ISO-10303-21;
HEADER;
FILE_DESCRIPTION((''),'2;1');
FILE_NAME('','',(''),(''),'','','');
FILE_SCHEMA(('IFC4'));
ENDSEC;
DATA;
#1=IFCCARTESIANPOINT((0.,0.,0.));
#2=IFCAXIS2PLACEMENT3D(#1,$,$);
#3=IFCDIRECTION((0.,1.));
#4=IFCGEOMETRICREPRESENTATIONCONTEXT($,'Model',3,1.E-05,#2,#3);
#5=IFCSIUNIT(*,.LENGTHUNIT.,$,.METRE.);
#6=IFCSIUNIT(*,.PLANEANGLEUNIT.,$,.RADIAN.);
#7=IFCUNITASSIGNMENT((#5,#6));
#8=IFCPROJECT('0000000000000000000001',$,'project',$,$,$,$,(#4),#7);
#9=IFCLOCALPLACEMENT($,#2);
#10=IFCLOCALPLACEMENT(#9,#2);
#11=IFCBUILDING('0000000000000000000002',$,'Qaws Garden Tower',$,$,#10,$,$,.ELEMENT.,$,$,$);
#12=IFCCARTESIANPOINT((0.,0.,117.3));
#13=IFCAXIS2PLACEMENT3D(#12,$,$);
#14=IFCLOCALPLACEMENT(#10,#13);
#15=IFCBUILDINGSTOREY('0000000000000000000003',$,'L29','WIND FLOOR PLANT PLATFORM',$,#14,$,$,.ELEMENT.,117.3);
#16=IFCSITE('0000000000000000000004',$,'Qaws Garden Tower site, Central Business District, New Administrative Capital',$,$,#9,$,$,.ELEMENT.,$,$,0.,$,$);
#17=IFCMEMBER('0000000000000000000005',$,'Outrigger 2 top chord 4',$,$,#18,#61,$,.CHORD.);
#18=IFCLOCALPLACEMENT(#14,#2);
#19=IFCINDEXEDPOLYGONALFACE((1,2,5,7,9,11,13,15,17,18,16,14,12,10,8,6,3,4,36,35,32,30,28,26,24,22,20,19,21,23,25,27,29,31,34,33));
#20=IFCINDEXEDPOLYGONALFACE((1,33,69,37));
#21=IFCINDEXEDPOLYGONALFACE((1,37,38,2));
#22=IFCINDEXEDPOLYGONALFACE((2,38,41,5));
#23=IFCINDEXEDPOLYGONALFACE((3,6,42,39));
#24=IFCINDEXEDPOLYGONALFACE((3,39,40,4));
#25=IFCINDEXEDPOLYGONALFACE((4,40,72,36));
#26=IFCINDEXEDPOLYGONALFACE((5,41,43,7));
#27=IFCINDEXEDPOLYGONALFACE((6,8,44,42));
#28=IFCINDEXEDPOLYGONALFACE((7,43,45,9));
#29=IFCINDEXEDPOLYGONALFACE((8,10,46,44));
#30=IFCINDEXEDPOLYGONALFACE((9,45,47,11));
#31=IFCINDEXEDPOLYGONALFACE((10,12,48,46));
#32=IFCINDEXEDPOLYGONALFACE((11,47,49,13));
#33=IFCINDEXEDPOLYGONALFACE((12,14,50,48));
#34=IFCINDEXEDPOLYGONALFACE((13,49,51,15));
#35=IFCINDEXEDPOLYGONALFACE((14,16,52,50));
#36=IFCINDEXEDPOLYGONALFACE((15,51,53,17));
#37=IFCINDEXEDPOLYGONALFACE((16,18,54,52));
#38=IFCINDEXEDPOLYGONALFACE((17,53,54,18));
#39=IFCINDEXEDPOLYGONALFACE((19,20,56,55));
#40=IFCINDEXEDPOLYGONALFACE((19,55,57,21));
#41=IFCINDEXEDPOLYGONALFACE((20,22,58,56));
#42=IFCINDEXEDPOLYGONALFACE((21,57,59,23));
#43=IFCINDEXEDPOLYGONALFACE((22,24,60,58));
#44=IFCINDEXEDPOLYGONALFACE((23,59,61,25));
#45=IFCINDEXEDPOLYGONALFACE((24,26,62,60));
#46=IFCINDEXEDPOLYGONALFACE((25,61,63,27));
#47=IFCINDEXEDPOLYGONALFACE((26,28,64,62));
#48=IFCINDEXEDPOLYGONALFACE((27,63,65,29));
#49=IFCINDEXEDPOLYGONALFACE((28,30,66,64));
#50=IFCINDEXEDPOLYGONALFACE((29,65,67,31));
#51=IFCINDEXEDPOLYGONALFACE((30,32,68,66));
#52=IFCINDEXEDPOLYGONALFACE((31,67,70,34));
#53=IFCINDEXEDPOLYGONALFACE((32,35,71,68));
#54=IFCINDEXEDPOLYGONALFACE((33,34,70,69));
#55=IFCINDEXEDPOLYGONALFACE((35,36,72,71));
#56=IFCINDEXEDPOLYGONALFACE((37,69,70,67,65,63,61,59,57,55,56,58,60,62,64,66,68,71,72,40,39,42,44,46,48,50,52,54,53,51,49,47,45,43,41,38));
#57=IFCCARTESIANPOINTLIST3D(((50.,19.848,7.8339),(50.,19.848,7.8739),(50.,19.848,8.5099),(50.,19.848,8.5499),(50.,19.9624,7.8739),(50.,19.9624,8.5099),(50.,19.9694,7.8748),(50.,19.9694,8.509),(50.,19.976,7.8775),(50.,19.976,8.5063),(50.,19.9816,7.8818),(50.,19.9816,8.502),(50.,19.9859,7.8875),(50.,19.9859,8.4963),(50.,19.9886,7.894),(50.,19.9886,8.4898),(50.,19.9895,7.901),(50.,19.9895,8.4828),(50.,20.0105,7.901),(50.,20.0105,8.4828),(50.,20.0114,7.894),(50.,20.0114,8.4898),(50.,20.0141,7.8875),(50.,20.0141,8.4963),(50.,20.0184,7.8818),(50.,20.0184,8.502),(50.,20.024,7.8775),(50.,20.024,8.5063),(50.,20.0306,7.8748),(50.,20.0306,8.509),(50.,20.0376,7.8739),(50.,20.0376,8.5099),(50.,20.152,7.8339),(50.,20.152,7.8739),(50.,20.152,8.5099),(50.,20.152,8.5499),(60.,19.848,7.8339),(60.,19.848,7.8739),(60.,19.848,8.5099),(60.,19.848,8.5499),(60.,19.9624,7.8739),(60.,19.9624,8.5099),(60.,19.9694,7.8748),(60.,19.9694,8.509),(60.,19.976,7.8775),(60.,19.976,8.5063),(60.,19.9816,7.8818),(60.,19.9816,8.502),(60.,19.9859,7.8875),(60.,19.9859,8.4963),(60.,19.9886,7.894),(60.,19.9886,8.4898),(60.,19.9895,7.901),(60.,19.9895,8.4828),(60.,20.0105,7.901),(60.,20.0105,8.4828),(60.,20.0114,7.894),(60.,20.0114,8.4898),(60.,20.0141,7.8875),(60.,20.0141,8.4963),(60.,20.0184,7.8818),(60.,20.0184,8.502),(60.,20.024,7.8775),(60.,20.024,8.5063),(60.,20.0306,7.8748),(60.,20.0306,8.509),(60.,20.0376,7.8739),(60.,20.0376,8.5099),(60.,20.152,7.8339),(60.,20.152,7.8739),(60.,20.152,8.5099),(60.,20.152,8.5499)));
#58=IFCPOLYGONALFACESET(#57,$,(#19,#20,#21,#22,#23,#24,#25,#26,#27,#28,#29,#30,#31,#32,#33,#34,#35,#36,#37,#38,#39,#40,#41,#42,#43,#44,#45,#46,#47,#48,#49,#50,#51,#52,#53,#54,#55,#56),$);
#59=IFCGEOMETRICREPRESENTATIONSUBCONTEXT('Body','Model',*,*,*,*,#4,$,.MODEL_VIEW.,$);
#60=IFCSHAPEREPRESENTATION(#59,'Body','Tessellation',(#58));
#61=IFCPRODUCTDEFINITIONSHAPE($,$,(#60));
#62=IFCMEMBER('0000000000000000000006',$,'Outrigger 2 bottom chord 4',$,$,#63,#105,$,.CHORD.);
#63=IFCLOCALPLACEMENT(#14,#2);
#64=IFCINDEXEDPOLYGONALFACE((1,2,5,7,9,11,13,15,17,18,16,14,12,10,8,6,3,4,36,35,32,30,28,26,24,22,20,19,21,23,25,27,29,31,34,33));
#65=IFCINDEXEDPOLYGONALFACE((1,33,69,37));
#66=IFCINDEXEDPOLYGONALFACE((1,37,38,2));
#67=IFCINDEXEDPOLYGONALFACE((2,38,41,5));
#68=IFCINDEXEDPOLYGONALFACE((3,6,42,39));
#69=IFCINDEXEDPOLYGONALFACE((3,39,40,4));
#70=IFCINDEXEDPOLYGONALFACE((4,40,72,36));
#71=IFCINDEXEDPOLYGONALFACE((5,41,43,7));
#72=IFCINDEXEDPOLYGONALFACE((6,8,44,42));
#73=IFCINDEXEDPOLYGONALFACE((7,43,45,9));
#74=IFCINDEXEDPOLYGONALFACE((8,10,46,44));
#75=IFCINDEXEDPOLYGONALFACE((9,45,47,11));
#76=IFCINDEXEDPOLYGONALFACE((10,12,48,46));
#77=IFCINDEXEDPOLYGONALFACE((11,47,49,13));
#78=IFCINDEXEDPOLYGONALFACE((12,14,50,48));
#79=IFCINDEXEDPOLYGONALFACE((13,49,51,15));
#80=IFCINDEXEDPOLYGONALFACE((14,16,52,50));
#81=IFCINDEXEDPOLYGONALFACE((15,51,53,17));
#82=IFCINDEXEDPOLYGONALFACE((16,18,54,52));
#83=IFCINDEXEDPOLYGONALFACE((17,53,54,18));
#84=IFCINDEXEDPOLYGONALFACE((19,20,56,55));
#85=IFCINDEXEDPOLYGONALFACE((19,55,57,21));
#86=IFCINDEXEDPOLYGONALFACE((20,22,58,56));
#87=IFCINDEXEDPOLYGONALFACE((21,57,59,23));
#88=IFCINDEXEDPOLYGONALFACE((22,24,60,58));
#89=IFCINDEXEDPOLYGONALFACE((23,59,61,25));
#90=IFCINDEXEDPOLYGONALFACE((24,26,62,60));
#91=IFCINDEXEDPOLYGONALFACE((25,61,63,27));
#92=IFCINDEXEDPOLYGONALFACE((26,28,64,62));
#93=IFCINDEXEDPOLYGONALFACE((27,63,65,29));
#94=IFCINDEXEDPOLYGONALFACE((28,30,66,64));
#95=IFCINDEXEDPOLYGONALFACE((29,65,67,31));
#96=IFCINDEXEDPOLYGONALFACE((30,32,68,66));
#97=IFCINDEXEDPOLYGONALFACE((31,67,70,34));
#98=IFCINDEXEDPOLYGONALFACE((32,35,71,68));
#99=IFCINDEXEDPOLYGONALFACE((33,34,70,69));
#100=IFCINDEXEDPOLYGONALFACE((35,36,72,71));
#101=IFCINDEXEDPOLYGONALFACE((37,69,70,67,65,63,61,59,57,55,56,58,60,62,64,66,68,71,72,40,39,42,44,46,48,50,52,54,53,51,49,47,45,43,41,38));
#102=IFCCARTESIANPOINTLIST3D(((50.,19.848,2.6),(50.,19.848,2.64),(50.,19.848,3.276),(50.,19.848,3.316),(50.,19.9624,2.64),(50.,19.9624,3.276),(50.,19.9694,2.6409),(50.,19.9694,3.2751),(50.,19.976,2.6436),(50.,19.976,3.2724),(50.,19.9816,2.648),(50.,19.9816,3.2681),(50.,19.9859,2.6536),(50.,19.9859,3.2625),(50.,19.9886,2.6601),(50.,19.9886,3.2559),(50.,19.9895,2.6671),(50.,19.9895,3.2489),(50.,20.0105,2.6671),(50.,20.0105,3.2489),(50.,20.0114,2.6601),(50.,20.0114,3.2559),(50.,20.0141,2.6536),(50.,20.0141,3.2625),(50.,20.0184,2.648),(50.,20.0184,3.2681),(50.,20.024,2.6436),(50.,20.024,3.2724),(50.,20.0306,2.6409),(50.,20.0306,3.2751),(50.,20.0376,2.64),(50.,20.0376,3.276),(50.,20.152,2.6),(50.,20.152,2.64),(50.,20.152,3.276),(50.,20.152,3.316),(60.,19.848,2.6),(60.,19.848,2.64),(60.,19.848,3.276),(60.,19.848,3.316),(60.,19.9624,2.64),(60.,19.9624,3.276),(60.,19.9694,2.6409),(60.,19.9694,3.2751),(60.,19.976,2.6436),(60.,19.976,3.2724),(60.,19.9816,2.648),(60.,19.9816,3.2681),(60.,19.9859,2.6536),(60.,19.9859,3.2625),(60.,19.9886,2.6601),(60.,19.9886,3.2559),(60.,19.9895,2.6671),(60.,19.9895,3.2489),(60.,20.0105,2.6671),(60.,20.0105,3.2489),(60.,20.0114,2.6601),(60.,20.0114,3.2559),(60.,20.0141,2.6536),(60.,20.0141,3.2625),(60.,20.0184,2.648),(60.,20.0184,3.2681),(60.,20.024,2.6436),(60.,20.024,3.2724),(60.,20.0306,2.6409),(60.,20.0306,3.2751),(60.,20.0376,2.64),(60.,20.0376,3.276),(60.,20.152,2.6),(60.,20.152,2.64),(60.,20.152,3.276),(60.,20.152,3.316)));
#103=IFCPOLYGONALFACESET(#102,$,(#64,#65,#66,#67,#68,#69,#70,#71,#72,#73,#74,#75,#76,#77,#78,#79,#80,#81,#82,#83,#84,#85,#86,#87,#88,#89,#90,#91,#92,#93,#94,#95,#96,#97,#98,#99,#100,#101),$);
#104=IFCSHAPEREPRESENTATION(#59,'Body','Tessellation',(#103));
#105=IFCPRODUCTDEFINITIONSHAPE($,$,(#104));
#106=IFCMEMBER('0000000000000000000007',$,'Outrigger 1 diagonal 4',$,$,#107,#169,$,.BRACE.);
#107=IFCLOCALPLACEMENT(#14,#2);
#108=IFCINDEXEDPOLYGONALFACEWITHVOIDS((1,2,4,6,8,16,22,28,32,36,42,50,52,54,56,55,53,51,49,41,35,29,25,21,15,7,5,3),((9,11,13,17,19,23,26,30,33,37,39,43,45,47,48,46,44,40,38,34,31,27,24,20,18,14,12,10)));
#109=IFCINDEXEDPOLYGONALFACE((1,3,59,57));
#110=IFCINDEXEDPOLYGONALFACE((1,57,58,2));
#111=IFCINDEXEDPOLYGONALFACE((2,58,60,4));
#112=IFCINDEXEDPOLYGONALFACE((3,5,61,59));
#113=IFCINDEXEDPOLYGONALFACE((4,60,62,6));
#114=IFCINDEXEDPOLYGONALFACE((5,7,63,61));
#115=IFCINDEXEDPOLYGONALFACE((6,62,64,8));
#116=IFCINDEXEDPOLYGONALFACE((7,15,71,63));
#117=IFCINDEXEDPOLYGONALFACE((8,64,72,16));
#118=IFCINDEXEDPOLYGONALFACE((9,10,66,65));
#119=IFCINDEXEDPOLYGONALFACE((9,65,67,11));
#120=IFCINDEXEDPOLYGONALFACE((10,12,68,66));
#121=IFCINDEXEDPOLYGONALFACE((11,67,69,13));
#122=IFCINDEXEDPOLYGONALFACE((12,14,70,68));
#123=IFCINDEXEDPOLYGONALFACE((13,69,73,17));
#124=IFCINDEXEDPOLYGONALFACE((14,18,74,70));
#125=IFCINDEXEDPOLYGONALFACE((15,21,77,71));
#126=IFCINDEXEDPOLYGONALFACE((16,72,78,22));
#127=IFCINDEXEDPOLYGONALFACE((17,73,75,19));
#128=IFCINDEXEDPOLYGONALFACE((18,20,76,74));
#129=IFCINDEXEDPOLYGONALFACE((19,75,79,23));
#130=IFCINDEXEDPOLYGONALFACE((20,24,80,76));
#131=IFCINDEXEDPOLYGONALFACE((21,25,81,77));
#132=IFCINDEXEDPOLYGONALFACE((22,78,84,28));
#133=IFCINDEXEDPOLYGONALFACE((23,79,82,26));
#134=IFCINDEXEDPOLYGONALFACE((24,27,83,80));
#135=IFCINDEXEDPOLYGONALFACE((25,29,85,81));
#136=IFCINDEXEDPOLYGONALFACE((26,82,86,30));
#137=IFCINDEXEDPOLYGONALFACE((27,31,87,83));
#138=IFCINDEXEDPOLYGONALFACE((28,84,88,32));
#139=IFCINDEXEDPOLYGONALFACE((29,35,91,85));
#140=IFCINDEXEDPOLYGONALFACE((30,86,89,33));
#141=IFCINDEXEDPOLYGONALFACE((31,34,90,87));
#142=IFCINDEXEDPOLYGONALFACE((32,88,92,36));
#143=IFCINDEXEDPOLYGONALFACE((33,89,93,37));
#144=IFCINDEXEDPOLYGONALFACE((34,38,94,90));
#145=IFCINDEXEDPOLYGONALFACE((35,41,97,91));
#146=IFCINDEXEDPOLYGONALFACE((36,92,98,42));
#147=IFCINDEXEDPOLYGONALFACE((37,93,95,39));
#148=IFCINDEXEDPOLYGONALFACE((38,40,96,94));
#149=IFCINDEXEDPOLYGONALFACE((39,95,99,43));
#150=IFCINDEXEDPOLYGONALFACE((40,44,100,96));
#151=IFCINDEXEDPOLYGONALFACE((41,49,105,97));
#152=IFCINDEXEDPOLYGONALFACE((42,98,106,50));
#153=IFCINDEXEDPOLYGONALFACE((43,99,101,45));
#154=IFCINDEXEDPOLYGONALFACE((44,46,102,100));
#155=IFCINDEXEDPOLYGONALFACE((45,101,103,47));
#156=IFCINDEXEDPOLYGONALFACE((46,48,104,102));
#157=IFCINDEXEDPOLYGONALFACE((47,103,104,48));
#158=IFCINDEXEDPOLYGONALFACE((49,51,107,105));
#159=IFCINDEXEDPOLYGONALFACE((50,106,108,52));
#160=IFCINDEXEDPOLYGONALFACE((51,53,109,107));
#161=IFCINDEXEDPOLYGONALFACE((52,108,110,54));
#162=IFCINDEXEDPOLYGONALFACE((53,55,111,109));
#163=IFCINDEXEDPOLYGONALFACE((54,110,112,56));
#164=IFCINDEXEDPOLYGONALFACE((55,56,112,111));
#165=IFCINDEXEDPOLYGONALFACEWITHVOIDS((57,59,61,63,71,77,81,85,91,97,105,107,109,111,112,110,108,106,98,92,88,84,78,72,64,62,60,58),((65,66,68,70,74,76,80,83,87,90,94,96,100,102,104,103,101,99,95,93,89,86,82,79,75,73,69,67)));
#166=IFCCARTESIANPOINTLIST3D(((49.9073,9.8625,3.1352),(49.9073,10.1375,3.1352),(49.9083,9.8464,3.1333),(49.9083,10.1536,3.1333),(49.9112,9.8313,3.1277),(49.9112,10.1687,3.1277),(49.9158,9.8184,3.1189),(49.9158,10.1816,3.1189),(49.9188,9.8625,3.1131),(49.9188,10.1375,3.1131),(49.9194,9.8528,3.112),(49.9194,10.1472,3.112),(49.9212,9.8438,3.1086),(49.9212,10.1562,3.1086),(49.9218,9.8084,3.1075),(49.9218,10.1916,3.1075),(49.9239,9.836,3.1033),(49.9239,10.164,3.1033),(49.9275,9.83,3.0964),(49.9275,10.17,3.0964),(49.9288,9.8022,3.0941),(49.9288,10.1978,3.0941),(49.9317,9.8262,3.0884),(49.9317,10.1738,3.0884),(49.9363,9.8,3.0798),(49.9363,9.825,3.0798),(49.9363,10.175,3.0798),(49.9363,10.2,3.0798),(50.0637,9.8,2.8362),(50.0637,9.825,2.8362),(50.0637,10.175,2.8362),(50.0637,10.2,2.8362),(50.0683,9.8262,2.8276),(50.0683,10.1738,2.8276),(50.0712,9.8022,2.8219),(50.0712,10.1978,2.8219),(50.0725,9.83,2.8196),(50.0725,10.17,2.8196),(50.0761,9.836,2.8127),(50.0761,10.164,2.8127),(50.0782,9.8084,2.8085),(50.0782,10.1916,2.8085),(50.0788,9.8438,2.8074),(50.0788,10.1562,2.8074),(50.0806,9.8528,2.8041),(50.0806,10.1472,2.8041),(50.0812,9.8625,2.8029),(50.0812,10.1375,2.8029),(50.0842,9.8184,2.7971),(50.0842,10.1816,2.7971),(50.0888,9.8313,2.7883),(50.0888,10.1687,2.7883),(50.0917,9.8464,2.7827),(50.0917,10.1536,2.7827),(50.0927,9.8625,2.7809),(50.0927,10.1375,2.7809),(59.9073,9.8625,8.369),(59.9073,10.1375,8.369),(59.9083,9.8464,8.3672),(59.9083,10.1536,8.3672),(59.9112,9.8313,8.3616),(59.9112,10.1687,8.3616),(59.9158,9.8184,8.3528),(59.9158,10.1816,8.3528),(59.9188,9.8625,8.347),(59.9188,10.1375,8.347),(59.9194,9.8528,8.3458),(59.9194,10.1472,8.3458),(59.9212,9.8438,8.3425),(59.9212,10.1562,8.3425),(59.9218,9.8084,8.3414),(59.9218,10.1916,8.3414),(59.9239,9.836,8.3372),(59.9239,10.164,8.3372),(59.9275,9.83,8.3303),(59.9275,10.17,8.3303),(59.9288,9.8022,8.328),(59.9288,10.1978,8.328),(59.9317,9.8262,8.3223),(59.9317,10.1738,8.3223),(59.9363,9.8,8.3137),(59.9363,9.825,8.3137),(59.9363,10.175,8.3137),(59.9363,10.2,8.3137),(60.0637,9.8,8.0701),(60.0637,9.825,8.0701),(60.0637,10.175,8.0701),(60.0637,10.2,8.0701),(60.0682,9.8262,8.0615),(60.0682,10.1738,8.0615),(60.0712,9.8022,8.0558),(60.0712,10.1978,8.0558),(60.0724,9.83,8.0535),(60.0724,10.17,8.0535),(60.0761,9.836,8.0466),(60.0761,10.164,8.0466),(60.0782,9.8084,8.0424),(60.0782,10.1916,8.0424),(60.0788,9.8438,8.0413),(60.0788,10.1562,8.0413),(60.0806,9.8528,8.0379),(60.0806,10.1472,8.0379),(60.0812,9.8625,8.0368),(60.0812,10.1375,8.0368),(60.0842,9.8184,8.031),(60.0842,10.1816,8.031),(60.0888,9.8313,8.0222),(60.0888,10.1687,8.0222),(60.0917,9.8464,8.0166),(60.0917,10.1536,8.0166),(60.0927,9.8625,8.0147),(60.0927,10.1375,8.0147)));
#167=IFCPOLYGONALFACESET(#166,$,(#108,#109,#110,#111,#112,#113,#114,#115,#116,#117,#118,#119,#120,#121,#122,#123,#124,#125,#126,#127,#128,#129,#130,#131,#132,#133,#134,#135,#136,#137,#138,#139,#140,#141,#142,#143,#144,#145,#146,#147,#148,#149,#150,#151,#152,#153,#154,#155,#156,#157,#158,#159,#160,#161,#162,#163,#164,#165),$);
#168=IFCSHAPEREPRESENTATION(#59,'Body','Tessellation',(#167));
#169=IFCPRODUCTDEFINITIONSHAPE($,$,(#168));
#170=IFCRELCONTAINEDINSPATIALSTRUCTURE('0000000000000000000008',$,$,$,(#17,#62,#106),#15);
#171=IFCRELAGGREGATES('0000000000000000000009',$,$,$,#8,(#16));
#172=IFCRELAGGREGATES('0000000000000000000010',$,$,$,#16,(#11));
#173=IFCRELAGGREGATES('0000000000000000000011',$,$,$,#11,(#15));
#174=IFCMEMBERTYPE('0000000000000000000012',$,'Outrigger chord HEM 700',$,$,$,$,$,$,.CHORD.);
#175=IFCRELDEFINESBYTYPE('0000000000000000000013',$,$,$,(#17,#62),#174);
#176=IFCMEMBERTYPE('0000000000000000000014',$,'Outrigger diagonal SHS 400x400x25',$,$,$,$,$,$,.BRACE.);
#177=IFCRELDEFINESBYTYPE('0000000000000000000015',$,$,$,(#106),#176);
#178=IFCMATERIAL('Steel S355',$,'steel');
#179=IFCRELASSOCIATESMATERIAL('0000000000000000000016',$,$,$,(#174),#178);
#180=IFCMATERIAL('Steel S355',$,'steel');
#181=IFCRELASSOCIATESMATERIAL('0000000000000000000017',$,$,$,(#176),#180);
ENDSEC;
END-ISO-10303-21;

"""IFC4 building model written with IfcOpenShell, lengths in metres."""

from ifc_helpers import new_model, si_unit, direction, frame, origin, origin_2d, place, context, subcontext, project, spatial, hollow_rectangle, i_section, extrude, material, material_profile, profile_set, type_object, element, save


model = new_model("IFC4")

# Units and contexts
model_context = context("Model", 3, precision=1e-05, world=origin(), true_north=direction((0.0, 1.0)))
body_context = subcontext(model_context, "Body", "Model", "MODEL_VIEW")
ifc_project = project(units=[si_unit("LENGTHUNIT", "METRE"), si_unit("PLANEANGLEUNIT", "RADIAN")], contexts=[model_context])

# Site, building, storey
site_placement = place(None, origin())
site = spatial("IfcSite", under=ifc_project, at=site_placement, Name="Qaws Garden Tower site, Central Business District, New Administrative Capital", CompositionType="ELEMENT", RefElevation=0.0)
building_placement = place(site_placement, origin())
building = spatial("IfcBuilding", under=site, at=building_placement, Name="Qaws Garden Tower", CompositionType="ELEMENT")
storey_placement = place(building_placement, frame((0.0, 0.0, 117.3)))
storey = spatial("IfcBuildingStorey", under=building, at=storey_placement, Name="L29", Description="WIND FLOOR PLANT PLATFORM", CompositionType="ELEMENT", Elevation=117.3)

# Members
ifc_material_1 = material(Name="Steel S355", Category="steel")
ifc_material_profile_1 = material_profile(ifc_material_1, i_section(OverallWidth=0.304, OverallDepth=0.7161, WebThickness=0.021, FlangeThickness=0.04, FilletRadius=0.0271, at=origin_2d()), Name="HEM 700")
ifc_profile_set_1 = profile_set([ifc_material_profile_1], Name="Steel S355")
member_type_1 = type_object("IfcMemberType", Name="Outrigger chord HEM 700", PredefinedType="CHORD", material=ifc_profile_set_1)
for number, where, z_axis, x_axis, name in (
    (1, (50.0, 20.0, 8.1919), (1.0, 0.0, 0.0), (0.0, 1.0, 0.0), "Outrigger 2 top chord 4"),
    (2, (50.0, 20.0, 2.958), (1.0, 0.0, 0.0), (0.0, 1.0, 0.0), "Outrigger 2 bottom chord 4"),
):
    element("IfcMember", number, at=place(storey_placement, frame(where, z_axis=z_axis, x_axis=x_axis)), inside=storey, type_object=member_type_1, Name=name, PredefinedType="CHORD", context=body_context, shape_type="SweptSolid", body=[
        extrude(i_section(OverallWidth=0.304, OverallDepth=0.7161, WebThickness=0.021, FlangeThickness=0.04, FilletRadius=0.0271, at=origin_2d()), origin(), (0.0, 0.0, 1.0), 10.0),
    ])
ifc_material_2 = material(Name="Steel S355", Category="steel")
ifc_material_profile_2 = material_profile(ifc_material_2, hollow_rectangle(XDim=0.3999, YDim=0.3999, WallThickness=0.0249, InnerFilletRadius=0.0376, OuterFilletRadius=0.0625, at=origin_2d()), Name="SHS 400x400x25")
ifc_profile_set_2 = profile_set([ifc_material_profile_2], Name="Steel S355")
member_type_2 = type_object("IfcMemberType", Name="Outrigger diagonal SHS 400x400x25", PredefinedType="BRACE", material=ifc_profile_set_2)
for number, where, z_axis, x_axis, name in (
    (3, (50.0, 10.0, 2.958), (0.885985, 0.0, 0.463714), (0.0, 1.0, 0.0), "Outrigger 1 diagonal 4"),
):
    element("IfcMember", number, at=place(storey_placement, frame(where, z_axis=z_axis, x_axis=x_axis)), inside=storey, type_object=member_type_2, Name=name, PredefinedType="BRACE", context=body_context, shape_type="SweptSolid", body=[
        extrude(hollow_rectangle(XDim=0.3999, YDim=0.3999, WallThickness=0.0249, InnerFilletRadius=0.0376, OuterFilletRadius=0.0625, at=origin_2d()), origin(), (0.0, 0.0, 1.0), 11.2869),
    ])

save(model, "model.ifc")
